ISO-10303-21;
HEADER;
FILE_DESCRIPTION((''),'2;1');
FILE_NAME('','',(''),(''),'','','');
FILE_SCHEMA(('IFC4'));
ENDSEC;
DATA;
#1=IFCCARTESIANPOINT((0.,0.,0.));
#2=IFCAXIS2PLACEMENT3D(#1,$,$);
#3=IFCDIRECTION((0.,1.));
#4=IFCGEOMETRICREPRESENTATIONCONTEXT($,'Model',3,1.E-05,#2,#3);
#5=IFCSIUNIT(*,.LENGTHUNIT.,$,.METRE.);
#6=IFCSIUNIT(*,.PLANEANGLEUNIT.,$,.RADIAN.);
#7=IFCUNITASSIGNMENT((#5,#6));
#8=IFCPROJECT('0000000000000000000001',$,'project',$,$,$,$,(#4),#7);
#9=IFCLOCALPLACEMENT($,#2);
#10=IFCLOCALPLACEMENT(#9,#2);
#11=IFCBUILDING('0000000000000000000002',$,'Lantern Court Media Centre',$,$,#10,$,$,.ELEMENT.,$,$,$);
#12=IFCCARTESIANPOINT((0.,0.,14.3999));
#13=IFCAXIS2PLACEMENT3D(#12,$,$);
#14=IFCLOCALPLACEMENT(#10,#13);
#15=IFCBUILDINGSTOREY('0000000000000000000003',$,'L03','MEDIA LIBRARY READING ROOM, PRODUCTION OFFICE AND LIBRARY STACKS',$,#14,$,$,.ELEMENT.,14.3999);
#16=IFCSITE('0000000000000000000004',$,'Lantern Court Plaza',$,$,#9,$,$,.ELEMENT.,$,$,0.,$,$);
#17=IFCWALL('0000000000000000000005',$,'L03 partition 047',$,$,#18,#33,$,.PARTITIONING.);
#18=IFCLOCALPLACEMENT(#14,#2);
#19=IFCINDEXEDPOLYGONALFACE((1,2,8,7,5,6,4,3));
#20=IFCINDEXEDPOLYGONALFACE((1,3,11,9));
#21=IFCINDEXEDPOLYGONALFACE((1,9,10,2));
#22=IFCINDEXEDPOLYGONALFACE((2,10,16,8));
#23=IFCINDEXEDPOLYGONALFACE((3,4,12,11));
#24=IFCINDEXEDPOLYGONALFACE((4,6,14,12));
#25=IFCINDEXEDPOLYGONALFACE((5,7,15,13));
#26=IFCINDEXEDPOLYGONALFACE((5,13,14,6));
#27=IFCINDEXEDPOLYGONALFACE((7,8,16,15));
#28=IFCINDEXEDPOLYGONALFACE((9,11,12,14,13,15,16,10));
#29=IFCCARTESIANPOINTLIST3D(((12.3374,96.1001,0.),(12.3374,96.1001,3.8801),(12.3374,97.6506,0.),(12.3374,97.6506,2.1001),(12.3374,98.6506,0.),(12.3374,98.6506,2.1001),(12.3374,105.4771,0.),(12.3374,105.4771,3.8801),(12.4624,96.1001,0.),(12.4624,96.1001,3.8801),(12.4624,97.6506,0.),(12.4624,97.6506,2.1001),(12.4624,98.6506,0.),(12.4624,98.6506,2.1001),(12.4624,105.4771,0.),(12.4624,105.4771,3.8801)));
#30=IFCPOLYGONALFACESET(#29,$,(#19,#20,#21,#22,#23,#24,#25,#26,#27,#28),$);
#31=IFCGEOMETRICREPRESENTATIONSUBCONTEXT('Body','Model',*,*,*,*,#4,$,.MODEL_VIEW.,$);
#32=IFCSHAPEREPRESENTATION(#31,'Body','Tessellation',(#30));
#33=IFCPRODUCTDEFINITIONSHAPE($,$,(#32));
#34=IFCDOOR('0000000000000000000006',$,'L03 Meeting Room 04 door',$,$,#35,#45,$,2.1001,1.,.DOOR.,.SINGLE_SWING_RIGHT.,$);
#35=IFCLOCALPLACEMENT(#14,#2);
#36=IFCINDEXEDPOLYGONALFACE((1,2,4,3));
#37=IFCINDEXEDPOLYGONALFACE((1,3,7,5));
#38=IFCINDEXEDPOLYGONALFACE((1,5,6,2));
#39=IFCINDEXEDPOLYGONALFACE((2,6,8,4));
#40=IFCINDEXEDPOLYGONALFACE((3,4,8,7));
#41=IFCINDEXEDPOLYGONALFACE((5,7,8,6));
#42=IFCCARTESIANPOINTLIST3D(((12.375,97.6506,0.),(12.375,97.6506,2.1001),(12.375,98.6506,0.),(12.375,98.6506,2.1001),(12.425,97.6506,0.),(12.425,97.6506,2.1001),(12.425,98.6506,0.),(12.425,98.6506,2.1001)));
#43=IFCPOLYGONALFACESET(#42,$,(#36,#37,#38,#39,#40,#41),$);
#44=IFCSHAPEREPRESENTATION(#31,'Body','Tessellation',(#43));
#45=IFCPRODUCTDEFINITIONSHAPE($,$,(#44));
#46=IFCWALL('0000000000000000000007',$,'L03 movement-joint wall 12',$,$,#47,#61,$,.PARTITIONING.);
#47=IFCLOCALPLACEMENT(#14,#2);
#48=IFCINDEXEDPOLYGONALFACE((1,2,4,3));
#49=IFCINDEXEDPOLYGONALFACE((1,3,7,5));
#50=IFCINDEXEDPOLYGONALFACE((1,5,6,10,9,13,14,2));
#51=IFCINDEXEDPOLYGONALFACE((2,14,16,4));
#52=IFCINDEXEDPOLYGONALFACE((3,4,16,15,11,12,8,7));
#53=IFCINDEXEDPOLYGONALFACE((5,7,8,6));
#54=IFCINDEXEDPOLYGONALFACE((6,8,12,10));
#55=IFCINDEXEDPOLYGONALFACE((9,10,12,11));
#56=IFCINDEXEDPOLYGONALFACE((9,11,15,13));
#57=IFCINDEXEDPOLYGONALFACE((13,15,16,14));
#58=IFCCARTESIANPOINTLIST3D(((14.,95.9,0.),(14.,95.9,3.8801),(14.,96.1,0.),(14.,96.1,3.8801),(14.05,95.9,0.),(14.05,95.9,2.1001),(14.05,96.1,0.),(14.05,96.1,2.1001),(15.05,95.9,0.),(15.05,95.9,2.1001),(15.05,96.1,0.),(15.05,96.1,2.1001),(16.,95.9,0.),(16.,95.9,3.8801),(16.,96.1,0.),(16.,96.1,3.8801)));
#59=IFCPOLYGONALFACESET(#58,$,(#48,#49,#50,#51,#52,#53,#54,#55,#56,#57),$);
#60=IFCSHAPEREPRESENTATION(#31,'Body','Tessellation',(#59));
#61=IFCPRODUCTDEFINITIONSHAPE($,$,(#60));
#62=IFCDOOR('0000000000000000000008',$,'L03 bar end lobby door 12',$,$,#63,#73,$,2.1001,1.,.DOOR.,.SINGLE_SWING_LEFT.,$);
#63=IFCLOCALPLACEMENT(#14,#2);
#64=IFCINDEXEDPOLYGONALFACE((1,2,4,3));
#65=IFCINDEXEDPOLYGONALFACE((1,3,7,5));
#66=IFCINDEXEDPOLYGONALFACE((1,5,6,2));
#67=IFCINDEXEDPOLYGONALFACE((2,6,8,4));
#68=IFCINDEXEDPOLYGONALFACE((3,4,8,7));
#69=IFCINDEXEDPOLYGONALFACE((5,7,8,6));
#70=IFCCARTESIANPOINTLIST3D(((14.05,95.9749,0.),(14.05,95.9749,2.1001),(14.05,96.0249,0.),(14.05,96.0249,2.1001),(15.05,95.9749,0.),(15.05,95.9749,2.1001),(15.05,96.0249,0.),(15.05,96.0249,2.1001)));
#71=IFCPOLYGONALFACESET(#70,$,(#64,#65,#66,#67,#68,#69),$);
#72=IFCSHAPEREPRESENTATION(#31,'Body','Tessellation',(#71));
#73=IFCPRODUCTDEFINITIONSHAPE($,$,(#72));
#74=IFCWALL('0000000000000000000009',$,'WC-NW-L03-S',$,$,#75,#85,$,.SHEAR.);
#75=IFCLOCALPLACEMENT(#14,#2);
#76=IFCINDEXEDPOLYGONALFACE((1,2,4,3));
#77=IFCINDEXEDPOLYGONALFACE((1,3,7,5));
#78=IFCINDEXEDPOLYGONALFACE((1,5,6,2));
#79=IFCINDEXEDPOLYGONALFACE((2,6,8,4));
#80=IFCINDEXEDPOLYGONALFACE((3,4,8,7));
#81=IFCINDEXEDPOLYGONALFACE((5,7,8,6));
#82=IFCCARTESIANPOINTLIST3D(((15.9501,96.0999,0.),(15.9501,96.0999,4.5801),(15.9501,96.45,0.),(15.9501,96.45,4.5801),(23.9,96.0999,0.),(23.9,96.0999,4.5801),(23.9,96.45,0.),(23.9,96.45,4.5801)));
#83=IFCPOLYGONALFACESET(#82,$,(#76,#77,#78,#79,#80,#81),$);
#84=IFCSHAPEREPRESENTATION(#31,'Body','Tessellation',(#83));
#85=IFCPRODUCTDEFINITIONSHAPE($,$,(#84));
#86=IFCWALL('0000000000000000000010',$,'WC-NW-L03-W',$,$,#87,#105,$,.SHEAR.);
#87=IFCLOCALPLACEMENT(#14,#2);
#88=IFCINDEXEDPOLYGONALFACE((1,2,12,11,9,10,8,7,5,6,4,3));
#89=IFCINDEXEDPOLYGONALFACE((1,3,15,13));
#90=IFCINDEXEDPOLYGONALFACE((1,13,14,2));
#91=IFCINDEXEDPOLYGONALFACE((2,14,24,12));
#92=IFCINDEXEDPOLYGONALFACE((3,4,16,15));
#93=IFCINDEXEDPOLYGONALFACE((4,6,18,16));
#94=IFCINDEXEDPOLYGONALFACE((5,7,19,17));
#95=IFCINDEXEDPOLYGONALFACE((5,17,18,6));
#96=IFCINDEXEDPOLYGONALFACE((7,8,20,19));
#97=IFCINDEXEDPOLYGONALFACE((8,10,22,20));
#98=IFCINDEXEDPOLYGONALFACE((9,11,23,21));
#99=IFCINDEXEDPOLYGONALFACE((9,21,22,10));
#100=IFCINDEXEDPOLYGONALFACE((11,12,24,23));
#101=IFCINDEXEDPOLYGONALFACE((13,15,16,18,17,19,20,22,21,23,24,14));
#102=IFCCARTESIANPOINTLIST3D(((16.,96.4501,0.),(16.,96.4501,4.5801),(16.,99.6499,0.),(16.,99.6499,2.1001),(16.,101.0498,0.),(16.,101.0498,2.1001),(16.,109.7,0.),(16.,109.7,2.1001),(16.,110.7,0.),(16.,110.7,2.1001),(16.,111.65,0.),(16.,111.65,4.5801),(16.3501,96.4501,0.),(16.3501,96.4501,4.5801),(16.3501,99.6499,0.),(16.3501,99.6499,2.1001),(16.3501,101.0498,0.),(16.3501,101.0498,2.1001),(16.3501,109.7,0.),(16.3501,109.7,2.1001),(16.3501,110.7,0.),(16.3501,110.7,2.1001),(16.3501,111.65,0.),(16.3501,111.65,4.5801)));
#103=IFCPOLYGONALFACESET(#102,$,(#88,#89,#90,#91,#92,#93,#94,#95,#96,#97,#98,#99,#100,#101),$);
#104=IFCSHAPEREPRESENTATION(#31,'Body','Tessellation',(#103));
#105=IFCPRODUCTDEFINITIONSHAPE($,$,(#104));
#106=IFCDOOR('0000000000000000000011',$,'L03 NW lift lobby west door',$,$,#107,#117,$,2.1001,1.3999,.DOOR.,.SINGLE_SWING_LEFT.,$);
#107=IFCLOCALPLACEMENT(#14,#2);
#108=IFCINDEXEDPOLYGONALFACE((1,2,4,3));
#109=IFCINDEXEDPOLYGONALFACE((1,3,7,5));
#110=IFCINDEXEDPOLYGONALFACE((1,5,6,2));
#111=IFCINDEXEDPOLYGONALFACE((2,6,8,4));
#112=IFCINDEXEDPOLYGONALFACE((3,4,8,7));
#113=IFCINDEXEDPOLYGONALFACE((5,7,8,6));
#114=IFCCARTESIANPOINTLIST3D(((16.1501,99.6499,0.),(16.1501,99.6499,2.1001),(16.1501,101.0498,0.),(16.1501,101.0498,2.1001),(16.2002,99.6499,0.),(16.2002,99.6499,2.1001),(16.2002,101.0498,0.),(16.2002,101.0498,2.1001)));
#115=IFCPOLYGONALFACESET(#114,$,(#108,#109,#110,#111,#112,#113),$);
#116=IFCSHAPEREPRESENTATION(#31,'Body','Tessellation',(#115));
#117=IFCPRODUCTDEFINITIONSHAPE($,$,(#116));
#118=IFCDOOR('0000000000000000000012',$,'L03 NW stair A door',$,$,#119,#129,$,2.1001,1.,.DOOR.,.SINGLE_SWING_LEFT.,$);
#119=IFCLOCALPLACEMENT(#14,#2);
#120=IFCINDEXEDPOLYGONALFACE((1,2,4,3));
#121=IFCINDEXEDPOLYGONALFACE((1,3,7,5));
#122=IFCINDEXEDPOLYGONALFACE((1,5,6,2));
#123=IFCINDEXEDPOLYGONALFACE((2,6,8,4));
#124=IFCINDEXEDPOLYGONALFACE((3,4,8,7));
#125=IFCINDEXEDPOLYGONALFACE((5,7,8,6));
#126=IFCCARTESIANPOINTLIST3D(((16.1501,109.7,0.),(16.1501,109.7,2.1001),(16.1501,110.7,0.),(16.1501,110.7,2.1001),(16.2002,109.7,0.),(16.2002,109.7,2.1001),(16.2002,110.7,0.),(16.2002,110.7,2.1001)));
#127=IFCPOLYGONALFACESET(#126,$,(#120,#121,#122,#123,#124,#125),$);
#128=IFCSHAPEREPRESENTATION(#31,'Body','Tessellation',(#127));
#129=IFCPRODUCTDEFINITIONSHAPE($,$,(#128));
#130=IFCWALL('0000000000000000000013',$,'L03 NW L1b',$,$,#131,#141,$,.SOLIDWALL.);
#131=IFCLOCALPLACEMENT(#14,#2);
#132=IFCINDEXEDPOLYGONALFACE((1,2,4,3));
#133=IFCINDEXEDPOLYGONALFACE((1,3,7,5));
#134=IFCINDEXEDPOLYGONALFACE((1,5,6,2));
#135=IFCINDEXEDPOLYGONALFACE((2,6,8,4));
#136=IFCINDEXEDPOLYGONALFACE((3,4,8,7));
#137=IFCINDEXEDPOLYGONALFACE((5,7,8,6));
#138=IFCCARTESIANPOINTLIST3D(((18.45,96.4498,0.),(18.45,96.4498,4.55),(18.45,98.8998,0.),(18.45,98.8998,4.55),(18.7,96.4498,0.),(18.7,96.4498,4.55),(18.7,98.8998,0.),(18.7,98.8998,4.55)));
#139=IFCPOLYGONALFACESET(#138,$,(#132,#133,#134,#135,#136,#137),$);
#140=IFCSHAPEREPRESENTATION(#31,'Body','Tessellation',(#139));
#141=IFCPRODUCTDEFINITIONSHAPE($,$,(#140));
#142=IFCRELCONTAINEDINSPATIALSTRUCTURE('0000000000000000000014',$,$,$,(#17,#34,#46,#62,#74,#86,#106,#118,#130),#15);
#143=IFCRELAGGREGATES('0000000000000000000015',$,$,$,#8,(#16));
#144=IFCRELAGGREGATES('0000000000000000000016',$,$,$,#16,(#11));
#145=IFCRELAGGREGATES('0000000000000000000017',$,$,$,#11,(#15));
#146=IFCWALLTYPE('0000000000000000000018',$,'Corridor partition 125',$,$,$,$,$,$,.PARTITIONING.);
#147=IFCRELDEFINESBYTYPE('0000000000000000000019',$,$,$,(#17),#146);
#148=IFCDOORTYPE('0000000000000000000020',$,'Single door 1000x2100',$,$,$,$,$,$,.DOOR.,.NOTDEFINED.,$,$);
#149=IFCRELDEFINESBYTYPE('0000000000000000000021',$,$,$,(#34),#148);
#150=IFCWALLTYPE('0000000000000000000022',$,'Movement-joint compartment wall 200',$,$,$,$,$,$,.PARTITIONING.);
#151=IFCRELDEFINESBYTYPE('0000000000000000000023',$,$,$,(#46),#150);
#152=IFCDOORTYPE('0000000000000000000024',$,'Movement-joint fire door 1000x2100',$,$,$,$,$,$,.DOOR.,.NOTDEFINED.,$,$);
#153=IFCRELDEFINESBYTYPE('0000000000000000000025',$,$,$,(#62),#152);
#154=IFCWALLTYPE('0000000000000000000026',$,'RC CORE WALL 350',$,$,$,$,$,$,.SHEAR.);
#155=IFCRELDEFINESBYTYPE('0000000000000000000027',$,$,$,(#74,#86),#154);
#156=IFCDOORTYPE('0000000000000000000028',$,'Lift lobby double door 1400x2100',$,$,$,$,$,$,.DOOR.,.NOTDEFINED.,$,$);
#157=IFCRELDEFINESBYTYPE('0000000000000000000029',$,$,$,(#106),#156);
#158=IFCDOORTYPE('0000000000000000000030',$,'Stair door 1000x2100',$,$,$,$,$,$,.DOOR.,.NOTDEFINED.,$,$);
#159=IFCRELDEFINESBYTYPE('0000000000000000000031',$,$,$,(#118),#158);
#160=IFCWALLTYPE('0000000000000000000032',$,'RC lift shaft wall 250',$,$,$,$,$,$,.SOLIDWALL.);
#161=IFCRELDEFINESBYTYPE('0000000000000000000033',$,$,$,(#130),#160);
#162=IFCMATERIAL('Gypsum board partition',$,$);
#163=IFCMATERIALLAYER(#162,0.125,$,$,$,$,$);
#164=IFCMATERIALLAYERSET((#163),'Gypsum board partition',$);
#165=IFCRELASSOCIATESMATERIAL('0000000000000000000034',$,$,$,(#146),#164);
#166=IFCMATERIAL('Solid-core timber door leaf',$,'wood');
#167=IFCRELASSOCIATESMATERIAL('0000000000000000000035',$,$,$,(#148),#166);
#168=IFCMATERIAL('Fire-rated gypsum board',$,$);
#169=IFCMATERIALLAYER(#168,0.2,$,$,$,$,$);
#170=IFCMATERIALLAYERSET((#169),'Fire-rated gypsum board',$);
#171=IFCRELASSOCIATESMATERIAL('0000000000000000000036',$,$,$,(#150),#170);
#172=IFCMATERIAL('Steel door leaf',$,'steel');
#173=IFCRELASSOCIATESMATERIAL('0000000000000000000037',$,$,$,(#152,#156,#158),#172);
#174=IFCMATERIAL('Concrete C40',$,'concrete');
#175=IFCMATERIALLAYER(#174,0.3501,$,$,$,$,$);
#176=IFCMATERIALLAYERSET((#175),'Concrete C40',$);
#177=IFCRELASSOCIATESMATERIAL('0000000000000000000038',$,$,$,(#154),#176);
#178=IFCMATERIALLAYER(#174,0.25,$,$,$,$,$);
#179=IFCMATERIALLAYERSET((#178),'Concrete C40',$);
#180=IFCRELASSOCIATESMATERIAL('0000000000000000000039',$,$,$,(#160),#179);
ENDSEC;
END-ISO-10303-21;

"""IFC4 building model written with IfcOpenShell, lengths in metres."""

from ifc_helpers import new_model, si_unit, direction, frame, frame_2d, origin, place, context, subcontext, project, spatial, rectangle, extrude, material, layer, layer_set, type_object, element, fill, save


model = new_model("IFC4")

# Units and contexts
model_context = context("Model", 3, precision=1e-05, world=origin(), true_north=direction((0.0, 1.0)))
body_context = subcontext(model_context, "Body", "Model", "MODEL_VIEW")
ifc_project = project(units=[si_unit("LENGTHUNIT", "METRE"), si_unit("PLANEANGLEUNIT", "RADIAN")], contexts=[model_context])

# Site, building, storey
site_placement = place(None, origin())
site = spatial("IfcSite", under=ifc_project, at=site_placement, Name="Lantern Court Plaza", CompositionType="ELEMENT", RefElevation=0.0)
building_placement = place(site_placement, origin())
building = spatial("IfcBuilding", under=site, at=building_placement, Name="Lantern Court Media Centre", CompositionType="ELEMENT")
storey_placement = place(building_placement, frame((0.0, 0.0, 14.3999)))
storey = spatial("IfcBuildingStorey", under=building, at=storey_placement, Name="L03", Description="MEDIA LIBRARY READING ROOM, PRODUCTION OFFICE AND LIBRARY STACKS", CompositionType="ELEMENT", Elevation=14.3999)

# Walls, openings, doors
ifc_material_1 = material(Name="Gypsum board partition")
ifc_layer_1 = layer(ifc_material_1, 0.125)
ifc_layer_set_1 = layer_set([ifc_layer_1], Name="Gypsum board partition")
wall_type_1 = type_object("IfcWallType", Name="Corridor partition 125", PredefinedType="PARTITIONING", material=ifc_layer_set_1)
wall_1_placement = place(storey_placement, frame((12.3999, 96.1001, 0.0), z_axis=(0.0, 0.0, 1.0), x_axis=(0.0, 1.0, 0.0)))
wall_1 = element("IfcWall", 1, at=wall_1_placement, inside=storey, type_object=wall_type_1, Name="L03 partition 047", PredefinedType="PARTITIONING", context=body_context, shape_type="SweptSolid", body=[
    extrude(rectangle(XDim=9.377, YDim=0.125, at=frame_2d((4.6885, 0.0))), origin(), (0.0, 0.0, 1.0), 3.8801),
])
opening_1_placement = place(wall_1_placement, frame((1.5505, 0.0, 0.0)))
opening_1 = element("IfcOpeningElement", 2, at=opening_1_placement, cuts=wall_1, PredefinedType="OPENING", context=body_context, shape_type="SweptSolid", body=[
    extrude(rectangle(XDim=1.0, YDim=2.1001, at=frame_2d((0.5, 1.05))), frame((0.0, 0.0725, 0.0), z_axis=(0.0, -1.0, 0.0), x_axis=(1.0, 0.0, 0.0)), (0.0, 0.0, 1.0), 0.145),
])
ifc_material_2 = material(Name="Solid-core timber door leaf", Category="wood")
door_type_1 = type_object("IfcDoorType", Name="Single door 1000x2100", OperationType="NOTDEFINED", PredefinedType="DOOR", material=ifc_material_2)
door_1_placement = place(opening_1_placement, origin())
door_1 = element("IfcDoor", 3, at=door_1_placement, inside=storey, type_object=door_type_1, Name="L03 Meeting Room 04 door", OperationType="SINGLE_SWING_RIGHT", OverallHeight=2.1001, OverallWidth=1.0, PredefinedType="DOOR", context=body_context, shape_type="SweptSolid", body=[
    extrude(rectangle(XDim=1.0, YDim=2.1001, at=frame_2d((0.5, 1.05))), frame((0.0, 0.0249, 0.0), z_axis=(0.0, -1.0, 0.0), x_axis=(1.0, 0.0, 0.0)), (0.0, 0.0, 1.0), 0.05),
])
fill(opening_1, door_1)
ifc_material_3 = material(Name="Fire-rated gypsum board")
ifc_layer_2 = layer(ifc_material_3, 0.2)
ifc_layer_set_2 = layer_set([ifc_layer_2], Name="Fire-rated gypsum board")
wall_type_2 = type_object("IfcWallType", Name="Movement-joint compartment wall 200", PredefinedType="PARTITIONING", material=ifc_layer_set_2)
wall_2_placement = place(storey_placement, frame((14.0, 96.0, 0.0), z_axis=(0.0, 0.0, 1.0), x_axis=(1.0, 0.0, 0.0)))
wall_2 = element("IfcWall", 4, at=wall_2_placement, inside=storey, type_object=wall_type_2, Name="L03 movement-joint wall 12", PredefinedType="PARTITIONING", context=body_context, shape_type="SweptSolid", body=[
    extrude(rectangle(XDim=2.0, YDim=0.2, at=frame_2d((1.0, 0.0))), origin(), (0.0, 0.0, 1.0), 3.8801),
])
opening_2_placement = place(wall_2_placement, frame((0.05, 0.0, 0.0)))
opening_2 = element("IfcOpeningElement", 5, at=opening_2_placement, cuts=wall_2, PredefinedType="OPENING", context=body_context, shape_type="SweptSolid", body=[
    extrude(rectangle(XDim=1.0, YDim=2.1001, at=frame_2d((0.5, 1.05))), frame((0.0, 0.1099, 0.0), z_axis=(0.0, -1.0, 0.0), x_axis=(1.0, 0.0, 0.0)), (0.0, 0.0, 1.0), 0.22),
])
ifc_material_4 = material(Name="Steel door leaf", Category="steel")
door_type_2 = type_object("IfcDoorType", Name="Movement-joint fire door 1000x2100", OperationType="NOTDEFINED", PredefinedType="DOOR", material=ifc_material_4)
door_2_placement = place(opening_2_placement, origin())
door_2 = element("IfcDoor", 6, at=door_2_placement, inside=storey, type_object=door_type_2, Name="L03 bar end lobby door 12", OperationType="SINGLE_SWING_LEFT", OverallHeight=2.1001, OverallWidth=1.0, PredefinedType="DOOR", context=body_context, shape_type="SweptSolid", body=[
    extrude(rectangle(XDim=1.0, YDim=2.1001, at=frame_2d((0.5, 1.05))), frame((0.0, 0.0249, 0.0), z_axis=(0.0, -1.0, 0.0), x_axis=(1.0, 0.0, 0.0)), (0.0, 0.0, 1.0), 0.05),
])
fill(opening_2, door_2)

# Wall
ifc_material_5 = material(Name="Concrete C40", Category="concrete")
ifc_layer_3 = layer(ifc_material_5, 0.3501)
ifc_layer_set_3 = layer_set([ifc_layer_3], Name="Concrete C40")
wall_type_3 = type_object("IfcWallType", Name="RC CORE WALL 350", PredefinedType="SHEAR", material=ifc_layer_set_3)
wall_3_placement = place(storey_placement, frame((15.95, 96.2749, 0.0), z_axis=(0.0, 0.0, 1.0), x_axis=(1.0, 0.0, 0.0)))
element("IfcWall", 7, at=wall_3_placement, inside=storey, type_object=wall_type_3, Name="WC-NW-L03-S", PredefinedType="SHEAR", context=body_context, shape_type="SweptSolid", body=[
    extrude(rectangle(XDim=7.95, YDim=0.3501, at=frame_2d((3.9751, 0.0))), origin(), (0.0, 0.0, 1.0), 4.5801),
])

# Wall, openings, doors
wall_4_placement = place(storey_placement, frame((16.175, 96.45, 0.0), z_axis=(0.0, 0.0, 1.0), x_axis=(0.0, 1.0, 0.0)))
wall_4 = element("IfcWall", 8, at=wall_4_placement, inside=storey, type_object=wall_type_3, Name="WC-NW-L03-W", PredefinedType="SHEAR", context=body_context, shape_type="SweptSolid", body=[
    extrude(rectangle(XDim=15.2, YDim=0.3501, at=frame_2d((7.6001, 0.0))), origin(), (0.0, 0.0, 1.0), 4.5801),
])
opening_3_placement = place(wall_4_placement, frame((13.25, 0.0, 0.0)))
opening_3 = element("IfcOpeningElement", 9, at=opening_3_placement, cuts=wall_4, PredefinedType="OPENING", context=body_context, shape_type="SweptSolid", body=[
    extrude(rectangle(XDim=1.0, YDim=2.1001, at=frame_2d((0.5, 1.05))), frame((0.0, 0.1851, 0.0), z_axis=(0.0, -1.0, 0.0), x_axis=(1.0, 0.0, 0.0)), (0.0, 0.0, 1.0), 0.3701),
])
opening_4_placement = place(wall_4_placement, frame((3.2, 0.0, 0.0)))
opening_4 = element("IfcOpeningElement", 10, at=opening_4_placement, cuts=wall_4, PredefinedType="OPENING", context=body_context, shape_type="SweptSolid", body=[
    extrude(rectangle(XDim=1.3999, YDim=2.1001, at=frame_2d((0.7, 1.05))), frame((0.0, 0.1851, 0.0), z_axis=(0.0, -1.0, 0.0), x_axis=(1.0, 0.0, 0.0)), (0.0, 0.0, 1.0), 0.3701),
])
door_type_3 = type_object("IfcDoorType", Name="Lift lobby double door 1400x2100", OperationType="NOTDEFINED", PredefinedType="DOOR", material=ifc_material_4)
door_3_placement = place(opening_4_placement, origin())
door_3 = element("IfcDoor", 11, at=door_3_placement, inside=storey, type_object=door_type_3, Name="L03 NW lift lobby west door", OperationType="SINGLE_SWING_LEFT", OverallHeight=2.1001, OverallWidth=1.3999, PredefinedType="DOOR", context=body_context, shape_type="SweptSolid", body=[
    extrude(rectangle(XDim=1.3999, YDim=2.1001, at=frame_2d((0.7, 1.05))), frame((0.0, 0.0249, 0.0), z_axis=(0.0, -1.0, 0.0), x_axis=(1.0, 0.0, 0.0)), (0.0, 0.0, 1.0), 0.05),
])
fill(opening_4, door_3)
door_type_4 = type_object("IfcDoorType", Name="Stair door 1000x2100", OperationType="NOTDEFINED", PredefinedType="DOOR", material=ifc_material_4)
door_4_placement = place(opening_3_placement, origin())
door_4 = element("IfcDoor", 12, at=door_4_placement, inside=storey, type_object=door_type_4, Name="L03 NW stair A door", OperationType="SINGLE_SWING_LEFT", OverallHeight=2.1001, OverallWidth=1.0, PredefinedType="DOOR", context=body_context, shape_type="SweptSolid", body=[
    extrude(rectangle(XDim=1.0, YDim=2.1001, at=frame_2d((0.5, 1.05))), frame((0.0, 0.0249, 0.0), z_axis=(0.0, -1.0, 0.0), x_axis=(1.0, 0.0, 0.0)), (0.0, 0.0, 1.0), 0.05),
])
fill(opening_3, door_4)

# Wall
ifc_layer_4 = layer(ifc_material_5, 0.25)
ifc_layer_set_4 = layer_set([ifc_layer_4], Name="Concrete C40")
wall_type_4 = type_object("IfcWallType", Name="RC lift shaft wall 250", PredefinedType="SOLIDWALL", material=ifc_layer_set_4)
wall_5_placement = place(storey_placement, frame((18.575, 98.8999, 0.0), z_axis=(0.0, 0.0, 1.0), x_axis=(0.0, -1.0, 0.0)))
element("IfcWall", 13, at=wall_5_placement, inside=storey, type_object=wall_type_4, Name="L03 NW L1b", PredefinedType="SOLIDWALL", context=body_context, shape_type="SweptSolid", body=[
    extrude(rectangle(XDim=2.45, YDim=0.25, at=frame_2d((1.2251, 0.0))), origin(), (0.0, 0.0, 1.0), 4.55),
])

save(model, "model.ifc")
